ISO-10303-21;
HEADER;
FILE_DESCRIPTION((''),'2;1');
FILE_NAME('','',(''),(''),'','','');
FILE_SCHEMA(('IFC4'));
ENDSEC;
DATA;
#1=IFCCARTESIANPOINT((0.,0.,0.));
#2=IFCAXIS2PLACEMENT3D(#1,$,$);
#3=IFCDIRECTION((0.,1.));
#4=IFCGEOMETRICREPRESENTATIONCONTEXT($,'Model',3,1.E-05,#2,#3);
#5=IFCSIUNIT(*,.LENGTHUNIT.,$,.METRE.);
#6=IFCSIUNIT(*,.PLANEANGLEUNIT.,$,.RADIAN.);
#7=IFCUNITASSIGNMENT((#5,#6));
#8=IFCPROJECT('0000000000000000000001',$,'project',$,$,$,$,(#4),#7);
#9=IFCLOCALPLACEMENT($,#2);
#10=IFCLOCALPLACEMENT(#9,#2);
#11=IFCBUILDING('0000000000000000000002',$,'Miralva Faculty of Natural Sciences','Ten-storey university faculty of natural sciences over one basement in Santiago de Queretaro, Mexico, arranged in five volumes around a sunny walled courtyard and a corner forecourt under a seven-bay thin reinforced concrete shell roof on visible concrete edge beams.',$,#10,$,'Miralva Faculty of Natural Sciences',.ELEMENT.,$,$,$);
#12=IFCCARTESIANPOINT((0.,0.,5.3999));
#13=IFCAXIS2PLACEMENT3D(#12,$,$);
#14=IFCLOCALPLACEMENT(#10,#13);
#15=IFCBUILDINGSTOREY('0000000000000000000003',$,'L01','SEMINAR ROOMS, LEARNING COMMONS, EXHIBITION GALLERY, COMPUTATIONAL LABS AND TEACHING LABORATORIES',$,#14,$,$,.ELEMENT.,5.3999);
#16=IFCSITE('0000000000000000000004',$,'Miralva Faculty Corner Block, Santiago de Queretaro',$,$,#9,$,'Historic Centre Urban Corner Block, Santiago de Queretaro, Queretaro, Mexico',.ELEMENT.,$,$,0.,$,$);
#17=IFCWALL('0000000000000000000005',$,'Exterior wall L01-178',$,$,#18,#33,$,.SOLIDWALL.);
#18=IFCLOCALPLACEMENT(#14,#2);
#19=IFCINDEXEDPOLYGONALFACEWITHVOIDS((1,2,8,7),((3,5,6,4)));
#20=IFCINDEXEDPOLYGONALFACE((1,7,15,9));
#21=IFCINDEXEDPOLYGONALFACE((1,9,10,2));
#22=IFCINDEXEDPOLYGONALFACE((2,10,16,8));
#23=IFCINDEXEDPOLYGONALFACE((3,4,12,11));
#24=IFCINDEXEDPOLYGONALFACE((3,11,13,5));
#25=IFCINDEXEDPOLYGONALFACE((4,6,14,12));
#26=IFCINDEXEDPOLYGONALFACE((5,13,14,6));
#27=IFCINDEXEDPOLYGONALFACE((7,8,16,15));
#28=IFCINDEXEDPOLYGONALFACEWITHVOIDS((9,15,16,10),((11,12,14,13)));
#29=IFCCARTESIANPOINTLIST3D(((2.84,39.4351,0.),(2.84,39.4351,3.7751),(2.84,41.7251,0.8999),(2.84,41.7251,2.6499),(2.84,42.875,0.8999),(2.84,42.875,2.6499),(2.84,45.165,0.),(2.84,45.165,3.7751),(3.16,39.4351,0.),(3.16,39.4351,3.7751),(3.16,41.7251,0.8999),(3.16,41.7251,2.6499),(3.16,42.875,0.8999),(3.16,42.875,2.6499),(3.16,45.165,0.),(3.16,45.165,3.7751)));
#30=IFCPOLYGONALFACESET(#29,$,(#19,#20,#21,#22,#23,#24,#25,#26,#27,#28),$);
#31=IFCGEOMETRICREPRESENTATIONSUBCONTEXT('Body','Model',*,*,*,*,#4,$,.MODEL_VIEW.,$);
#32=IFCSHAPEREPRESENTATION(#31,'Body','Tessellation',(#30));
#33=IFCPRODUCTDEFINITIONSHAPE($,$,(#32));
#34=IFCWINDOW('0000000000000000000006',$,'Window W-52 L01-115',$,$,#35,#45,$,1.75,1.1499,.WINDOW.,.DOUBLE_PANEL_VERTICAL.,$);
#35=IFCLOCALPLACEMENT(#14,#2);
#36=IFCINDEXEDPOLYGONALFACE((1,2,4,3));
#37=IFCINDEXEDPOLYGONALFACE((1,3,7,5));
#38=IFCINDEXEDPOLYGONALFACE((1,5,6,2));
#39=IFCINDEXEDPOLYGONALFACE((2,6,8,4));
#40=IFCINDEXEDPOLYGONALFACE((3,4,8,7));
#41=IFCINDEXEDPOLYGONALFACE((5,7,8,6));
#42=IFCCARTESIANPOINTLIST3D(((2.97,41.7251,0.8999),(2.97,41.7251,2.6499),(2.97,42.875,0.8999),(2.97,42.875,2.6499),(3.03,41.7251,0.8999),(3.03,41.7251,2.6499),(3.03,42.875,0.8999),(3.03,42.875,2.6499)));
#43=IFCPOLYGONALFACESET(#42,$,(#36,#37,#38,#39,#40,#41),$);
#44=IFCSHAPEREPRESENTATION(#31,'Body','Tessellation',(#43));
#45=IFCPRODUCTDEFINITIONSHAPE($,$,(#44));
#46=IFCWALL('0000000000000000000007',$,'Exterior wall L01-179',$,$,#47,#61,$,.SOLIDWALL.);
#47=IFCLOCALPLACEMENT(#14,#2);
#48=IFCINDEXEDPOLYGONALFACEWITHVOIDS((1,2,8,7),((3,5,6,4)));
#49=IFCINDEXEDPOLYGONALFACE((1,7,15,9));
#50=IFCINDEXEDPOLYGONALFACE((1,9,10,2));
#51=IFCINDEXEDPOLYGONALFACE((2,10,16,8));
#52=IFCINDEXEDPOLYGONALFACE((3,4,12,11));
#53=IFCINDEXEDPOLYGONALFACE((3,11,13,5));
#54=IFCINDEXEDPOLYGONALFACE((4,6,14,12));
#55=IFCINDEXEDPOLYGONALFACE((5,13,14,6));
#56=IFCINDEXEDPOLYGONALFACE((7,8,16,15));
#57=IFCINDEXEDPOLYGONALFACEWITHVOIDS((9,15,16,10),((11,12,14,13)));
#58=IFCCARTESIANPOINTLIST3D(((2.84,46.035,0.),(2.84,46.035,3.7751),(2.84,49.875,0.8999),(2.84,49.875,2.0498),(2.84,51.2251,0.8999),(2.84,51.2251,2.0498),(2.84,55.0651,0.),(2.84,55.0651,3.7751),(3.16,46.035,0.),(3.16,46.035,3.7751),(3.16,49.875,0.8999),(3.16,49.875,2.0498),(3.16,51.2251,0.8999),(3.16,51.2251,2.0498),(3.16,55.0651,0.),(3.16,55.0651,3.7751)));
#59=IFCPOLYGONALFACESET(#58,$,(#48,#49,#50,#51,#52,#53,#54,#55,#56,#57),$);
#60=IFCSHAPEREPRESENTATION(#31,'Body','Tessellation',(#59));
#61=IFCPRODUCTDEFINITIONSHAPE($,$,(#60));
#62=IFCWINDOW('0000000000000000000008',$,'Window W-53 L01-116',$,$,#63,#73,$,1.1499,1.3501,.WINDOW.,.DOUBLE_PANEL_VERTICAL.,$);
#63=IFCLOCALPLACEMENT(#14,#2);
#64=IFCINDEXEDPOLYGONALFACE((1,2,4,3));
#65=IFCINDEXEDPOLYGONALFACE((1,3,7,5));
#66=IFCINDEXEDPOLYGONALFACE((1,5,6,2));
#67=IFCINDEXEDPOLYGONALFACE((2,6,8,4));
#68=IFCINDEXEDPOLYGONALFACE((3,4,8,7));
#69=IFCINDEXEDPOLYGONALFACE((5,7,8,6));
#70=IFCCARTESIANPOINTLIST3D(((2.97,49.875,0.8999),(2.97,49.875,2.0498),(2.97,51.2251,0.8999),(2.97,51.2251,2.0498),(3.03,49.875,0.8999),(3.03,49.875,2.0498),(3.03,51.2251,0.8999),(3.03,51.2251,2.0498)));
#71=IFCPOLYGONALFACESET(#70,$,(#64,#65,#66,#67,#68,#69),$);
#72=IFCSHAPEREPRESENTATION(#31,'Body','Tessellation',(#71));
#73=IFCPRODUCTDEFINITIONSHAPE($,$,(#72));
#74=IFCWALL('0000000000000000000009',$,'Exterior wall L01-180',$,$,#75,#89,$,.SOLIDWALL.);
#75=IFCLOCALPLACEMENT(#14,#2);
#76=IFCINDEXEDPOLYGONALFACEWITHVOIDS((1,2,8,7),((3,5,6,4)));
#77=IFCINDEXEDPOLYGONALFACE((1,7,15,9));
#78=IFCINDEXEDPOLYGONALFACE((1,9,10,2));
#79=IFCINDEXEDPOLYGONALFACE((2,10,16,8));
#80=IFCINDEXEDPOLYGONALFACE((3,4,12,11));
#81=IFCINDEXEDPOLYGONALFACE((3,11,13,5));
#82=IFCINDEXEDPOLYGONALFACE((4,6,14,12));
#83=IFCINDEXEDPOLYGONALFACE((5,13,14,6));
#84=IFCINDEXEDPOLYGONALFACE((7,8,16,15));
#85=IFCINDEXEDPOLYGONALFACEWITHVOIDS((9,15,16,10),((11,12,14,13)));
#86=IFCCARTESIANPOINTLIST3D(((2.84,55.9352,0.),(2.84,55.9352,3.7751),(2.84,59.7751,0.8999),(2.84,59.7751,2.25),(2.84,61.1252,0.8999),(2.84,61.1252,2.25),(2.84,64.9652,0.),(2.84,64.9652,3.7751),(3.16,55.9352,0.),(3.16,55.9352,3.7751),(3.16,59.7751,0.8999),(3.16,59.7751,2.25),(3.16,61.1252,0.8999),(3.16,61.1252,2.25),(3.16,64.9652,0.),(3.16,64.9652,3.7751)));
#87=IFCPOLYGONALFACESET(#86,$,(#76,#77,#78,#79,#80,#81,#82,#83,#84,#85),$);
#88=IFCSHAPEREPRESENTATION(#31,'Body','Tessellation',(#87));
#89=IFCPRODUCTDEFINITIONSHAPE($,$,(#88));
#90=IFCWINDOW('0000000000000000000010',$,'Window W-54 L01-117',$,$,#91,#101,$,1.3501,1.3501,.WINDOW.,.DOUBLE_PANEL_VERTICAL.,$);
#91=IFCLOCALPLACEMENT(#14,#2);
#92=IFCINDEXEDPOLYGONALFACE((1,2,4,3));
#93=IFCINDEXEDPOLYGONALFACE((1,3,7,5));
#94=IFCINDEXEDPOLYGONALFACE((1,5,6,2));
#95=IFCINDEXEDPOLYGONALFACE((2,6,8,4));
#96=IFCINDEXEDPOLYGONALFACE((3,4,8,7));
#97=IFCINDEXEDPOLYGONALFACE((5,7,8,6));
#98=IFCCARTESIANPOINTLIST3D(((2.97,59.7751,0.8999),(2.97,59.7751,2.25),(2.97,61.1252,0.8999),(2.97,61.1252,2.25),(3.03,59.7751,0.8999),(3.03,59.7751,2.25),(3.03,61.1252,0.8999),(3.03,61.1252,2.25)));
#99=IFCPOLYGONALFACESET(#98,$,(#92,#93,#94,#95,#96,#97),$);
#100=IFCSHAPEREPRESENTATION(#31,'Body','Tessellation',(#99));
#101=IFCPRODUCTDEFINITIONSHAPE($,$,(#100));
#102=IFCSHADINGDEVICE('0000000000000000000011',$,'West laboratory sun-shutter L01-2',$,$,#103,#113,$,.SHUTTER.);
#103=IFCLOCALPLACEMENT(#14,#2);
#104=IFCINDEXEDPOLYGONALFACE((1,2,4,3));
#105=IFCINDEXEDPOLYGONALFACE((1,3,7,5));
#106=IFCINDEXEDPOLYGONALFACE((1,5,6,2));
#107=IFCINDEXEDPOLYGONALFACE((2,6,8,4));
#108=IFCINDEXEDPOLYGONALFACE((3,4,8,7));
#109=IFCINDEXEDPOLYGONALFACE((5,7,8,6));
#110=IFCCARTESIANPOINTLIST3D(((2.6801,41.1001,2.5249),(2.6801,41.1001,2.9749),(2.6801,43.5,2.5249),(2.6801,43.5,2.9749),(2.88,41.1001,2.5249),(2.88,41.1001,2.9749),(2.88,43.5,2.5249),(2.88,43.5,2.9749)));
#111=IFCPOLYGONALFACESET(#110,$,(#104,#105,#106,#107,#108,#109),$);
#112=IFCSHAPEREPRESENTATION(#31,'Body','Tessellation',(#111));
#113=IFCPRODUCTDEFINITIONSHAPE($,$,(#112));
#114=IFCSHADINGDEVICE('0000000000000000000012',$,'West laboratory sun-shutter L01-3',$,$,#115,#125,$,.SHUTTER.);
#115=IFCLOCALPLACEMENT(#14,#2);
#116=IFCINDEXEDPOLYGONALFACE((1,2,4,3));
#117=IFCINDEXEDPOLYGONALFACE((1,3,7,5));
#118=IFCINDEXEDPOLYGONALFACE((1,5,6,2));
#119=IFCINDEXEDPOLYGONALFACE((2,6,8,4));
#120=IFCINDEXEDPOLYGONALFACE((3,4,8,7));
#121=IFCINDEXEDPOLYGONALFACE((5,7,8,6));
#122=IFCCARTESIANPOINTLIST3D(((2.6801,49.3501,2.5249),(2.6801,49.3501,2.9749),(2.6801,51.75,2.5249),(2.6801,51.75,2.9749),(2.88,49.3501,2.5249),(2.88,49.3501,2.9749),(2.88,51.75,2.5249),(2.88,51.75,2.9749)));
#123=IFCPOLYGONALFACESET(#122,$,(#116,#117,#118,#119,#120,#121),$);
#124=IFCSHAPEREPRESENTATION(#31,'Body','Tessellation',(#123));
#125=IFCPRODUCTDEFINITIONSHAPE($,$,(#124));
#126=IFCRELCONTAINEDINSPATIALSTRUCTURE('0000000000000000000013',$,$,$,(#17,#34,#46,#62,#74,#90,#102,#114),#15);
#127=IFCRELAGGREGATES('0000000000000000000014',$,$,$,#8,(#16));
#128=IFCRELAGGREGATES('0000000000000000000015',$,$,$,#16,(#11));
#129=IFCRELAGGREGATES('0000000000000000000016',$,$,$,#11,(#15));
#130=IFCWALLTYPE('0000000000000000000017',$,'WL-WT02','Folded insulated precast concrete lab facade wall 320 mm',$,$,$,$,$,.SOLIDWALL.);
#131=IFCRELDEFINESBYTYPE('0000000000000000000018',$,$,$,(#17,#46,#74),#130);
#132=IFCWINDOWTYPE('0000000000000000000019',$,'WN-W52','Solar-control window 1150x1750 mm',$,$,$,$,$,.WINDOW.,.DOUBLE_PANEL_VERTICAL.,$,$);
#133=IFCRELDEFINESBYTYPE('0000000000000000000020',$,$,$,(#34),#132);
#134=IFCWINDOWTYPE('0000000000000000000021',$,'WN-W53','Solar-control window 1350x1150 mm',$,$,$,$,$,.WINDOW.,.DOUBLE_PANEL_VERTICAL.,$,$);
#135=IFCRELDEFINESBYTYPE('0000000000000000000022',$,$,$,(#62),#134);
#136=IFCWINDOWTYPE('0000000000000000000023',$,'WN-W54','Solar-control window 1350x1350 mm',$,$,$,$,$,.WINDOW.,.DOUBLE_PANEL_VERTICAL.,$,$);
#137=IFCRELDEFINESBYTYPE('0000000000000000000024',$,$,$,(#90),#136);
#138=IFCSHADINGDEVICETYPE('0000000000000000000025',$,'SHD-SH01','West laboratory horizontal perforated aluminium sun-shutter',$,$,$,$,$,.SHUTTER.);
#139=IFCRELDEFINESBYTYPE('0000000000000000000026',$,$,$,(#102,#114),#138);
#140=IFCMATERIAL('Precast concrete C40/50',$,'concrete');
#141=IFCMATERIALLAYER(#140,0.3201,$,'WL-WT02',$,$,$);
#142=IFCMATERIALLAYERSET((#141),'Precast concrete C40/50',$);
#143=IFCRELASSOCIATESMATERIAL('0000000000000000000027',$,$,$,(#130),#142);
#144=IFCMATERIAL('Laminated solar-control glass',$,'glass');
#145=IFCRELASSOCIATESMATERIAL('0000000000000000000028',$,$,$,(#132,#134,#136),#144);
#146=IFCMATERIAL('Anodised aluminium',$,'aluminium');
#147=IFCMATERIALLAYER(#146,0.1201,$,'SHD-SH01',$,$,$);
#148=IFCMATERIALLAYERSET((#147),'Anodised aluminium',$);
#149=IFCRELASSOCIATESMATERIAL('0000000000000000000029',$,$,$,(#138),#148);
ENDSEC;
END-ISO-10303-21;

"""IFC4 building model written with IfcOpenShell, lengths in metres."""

from ifc_helpers import new_model, si_unit, direction, frame, frame_2d, origin, origin_2d, place, context, subcontext, project, spatial, rectangle, extrude, material, layer, layer_set, type_object, element, fill, save


model = new_model("IFC4")

# Units and contexts
model_context = context("Model", 3, precision=1e-05, world=origin(), true_north=direction((0.0, 1.0)))
body_context = subcontext(model_context, "Body", "Model", "MODEL_VIEW")
ifc_project = project(units=[si_unit("LENGTHUNIT", "METRE"), si_unit("PLANEANGLEUNIT", "RADIAN")], contexts=[model_context])

# Site, building, storey
site_placement = place(None, origin())
site = spatial("IfcSite", under=ifc_project, at=site_placement, Name="Miralva Faculty Corner Block, Santiago de Queretaro", LongName="Historic Centre Urban Corner Block, Santiago de Queretaro, Queretaro, Mexico", CompositionType="ELEMENT", RefElevation=0.0)
building_placement = place(site_placement, origin())
building = spatial("IfcBuilding", under=site, at=building_placement, Name="Miralva Faculty of Natural Sciences", Description="Ten-storey university faculty of natural sciences over one basement in Santiago de Queretaro, Mexico, arranged in five volumes around a sunny walled courtyard and a corner forecourt under a seven-bay thin reinforced concrete shell roof on visible concrete edge beams.", LongName="Miralva Faculty of Natural Sciences", CompositionType="ELEMENT")
storey_placement = place(building_placement, frame((0.0, 0.0, 5.3999)))
storey = spatial("IfcBuildingStorey", under=building, at=storey_placement, Name="L01", Description="SEMINAR ROOMS, LEARNING COMMONS, EXHIBITION GALLERY, COMPUTATIONAL LABS AND TEACHING LABORATORIES", CompositionType="ELEMENT", Elevation=5.3999)

# Walls, openings, windows
ifc_material_1 = material(Name="Precast concrete C40/50", Category="concrete")
ifc_layer_1 = layer(ifc_material_1, 0.3201, Name="WL-WT02")
ifc_layer_set_1 = layer_set([ifc_layer_1], Name="Precast concrete C40/50")
wall_type_1 = type_object("IfcWallType", Name="WL-WT02", Description="Folded insulated precast concrete lab facade wall 320 mm", PredefinedType="SOLIDWALL", material=ifc_layer_set_1)
wall_1_placement = place(storey_placement, frame((3.0, 39.4351, 0.0), z_axis=(0.0, 0.0, 1.0), x_axis=(0.0, 1.0, 0.0)))
wall_1 = element("IfcWall", 1, at=wall_1_placement, inside=storey, type_object=wall_type_1, Name="Exterior wall L01-178", PredefinedType="SOLIDWALL", context=body_context, shape_type="SweptSolid", body=[
    extrude(rectangle(XDim=5.73, YDim=0.3201, at=frame_2d((2.865, 0.0))), origin(), (0.0, 0.0, 1.0), 3.7751),
])
opening_1_placement = place(wall_1_placement, frame((2.29, 0.0, 0.8999)))
opening_1 = element("IfcOpeningElement", 2, at=opening_1_placement, cuts=wall_1, PredefinedType="OPENING", context=body_context, shape_type="SweptSolid", body=[
    extrude(rectangle(XDim=1.1499, YDim=1.75, at=frame_2d((0.575, 0.875))), frame((0.0, 0.1699, 0.0), z_axis=(0.0, -1.0, 0.0), x_axis=(1.0, 0.0, 0.0)), (0.0, 0.0, 1.0), 0.3401),
])
ifc_material_2 = material(Name="Laminated solar-control glass", Category="glass")
window_type_1 = type_object("IfcWindowType", Name="WN-W52", Description="Solar-control window 1150x1750 mm", PartitioningType="DOUBLE_PANEL_VERTICAL", PredefinedType="WINDOW", material=ifc_material_2)
window_1_placement = place(opening_1_placement, origin())
window_1 = element("IfcWindow", 3, at=window_1_placement, inside=storey, type_object=window_type_1, Name="Window W-52 L01-115", OverallHeight=1.75, OverallWidth=1.1499, PartitioningType="DOUBLE_PANEL_VERTICAL", PredefinedType="WINDOW", context=body_context, shape_type="SweptSolid", body=[
    extrude(rectangle(XDim=1.1499, YDim=1.75, at=frame_2d((0.575, 0.875))), frame((0.0, 0.03, 0.0), z_axis=(0.0, -1.0, 0.0), x_axis=(1.0, 0.0, 0.0)), (0.0, 0.0, 1.0), 0.0601),
])
fill(opening_1, window_1)
wall_2_placement = place(storey_placement, frame((3.0, 46.0349, 0.0), z_axis=(0.0, 0.0, 1.0), x_axis=(0.0, 1.0, 0.0)))
wall_2 = element("IfcWall", 4, at=wall_2_placement, inside=storey, type_object=wall_type_1, Name="Exterior wall L01-179", PredefinedType="SOLIDWALL", context=body_context, shape_type="SweptSolid", body=[
    extrude(rectangle(XDim=9.03, YDim=0.3201, at=frame_2d((4.5151, 0.0))), origin(), (0.0, 0.0, 1.0), 3.7751),
])
opening_2_placement = place(wall_2_placement, frame((3.8401, 0.0, 0.8999)))
opening_2 = element("IfcOpeningElement", 5, at=opening_2_placement, cuts=wall_2, PredefinedType="OPENING", context=body_context, shape_type="SweptSolid", body=[
    extrude(rectangle(XDim=1.3501, YDim=1.1499, at=frame_2d((0.675, 0.575))), frame((0.0, 0.1699, 0.0), z_axis=(0.0, -1.0, 0.0), x_axis=(1.0, 0.0, 0.0)), (0.0, 0.0, 1.0), 0.3401),
])
window_type_2 = type_object("IfcWindowType", Name="WN-W53", Description="Solar-control window 1350x1150 mm", PartitioningType="DOUBLE_PANEL_VERTICAL", PredefinedType="WINDOW", material=ifc_material_2)
window_2_placement = place(opening_2_placement, origin())
window_2 = element("IfcWindow", 6, at=window_2_placement, inside=storey, type_object=window_type_2, Name="Window W-53 L01-116", OverallHeight=1.1499, OverallWidth=1.3501, PartitioningType="DOUBLE_PANEL_VERTICAL", PredefinedType="WINDOW", context=body_context, shape_type="SweptSolid", body=[
    extrude(rectangle(XDim=1.3501, YDim=1.1499, at=frame_2d((0.675, 0.575))), frame((0.0, 0.03, 0.0), z_axis=(0.0, -1.0, 0.0), x_axis=(1.0, 0.0, 0.0)), (0.0, 0.0, 1.0), 0.0601),
])
fill(opening_2, window_2)
wall_3_placement = place(storey_placement, frame((3.0, 55.9351, 0.0), z_axis=(0.0, 0.0, 1.0), x_axis=(0.0, 1.0, 0.0)))
wall_3 = element("IfcWall", 7, at=wall_3_placement, inside=storey, type_object=wall_type_1, Name="Exterior wall L01-180", PredefinedType="SOLIDWALL", context=body_context, shape_type="SweptSolid", body=[
    extrude(rectangle(XDim=9.03, YDim=0.3201, at=frame_2d((4.5151, 0.0))), origin(), (0.0, 0.0, 1.0), 3.7751),
])
opening_3_placement = place(wall_3_placement, frame((3.8401, 0.0, 0.8999)))
opening_3 = element("IfcOpeningElement", 8, at=opening_3_placement, cuts=wall_3, PredefinedType="OPENING", context=body_context, shape_type="SweptSolid", body=[
    extrude(rectangle(XDim=1.3501, YDim=1.3501, at=frame_2d((0.675, 0.675))), frame((0.0, 0.1699, 0.0), z_axis=(0.0, -1.0, 0.0), x_axis=(1.0, 0.0, 0.0)), (0.0, 0.0, 1.0), 0.3401),
])
window_type_3 = type_object("IfcWindowType", Name="WN-W54", Description="Solar-control window 1350x1350 mm", PartitioningType="DOUBLE_PANEL_VERTICAL", PredefinedType="WINDOW", material=ifc_material_2)
window_3_placement = place(opening_3_placement, origin())
window_3 = element("IfcWindow", 9, at=window_3_placement, inside=storey, type_object=window_type_3, Name="Window W-54 L01-117", OverallHeight=1.3501, OverallWidth=1.3501, PartitioningType="DOUBLE_PANEL_VERTICAL", PredefinedType="WINDOW", context=body_context, shape_type="SweptSolid", body=[
    extrude(rectangle(XDim=1.3501, YDim=1.3501, at=frame_2d((0.675, 0.675))), frame((0.0, 0.03, 0.0), z_axis=(0.0, -1.0, 0.0), x_axis=(1.0, 0.0, 0.0)), (0.0, 0.0, 1.0), 0.0601),
])
fill(opening_3, window_3)

# Shading devices
ifc_material_3 = material(Name="Anodised aluminium", Category="aluminium")
ifc_layer_2 = layer(ifc_material_3, 0.1201, Name="SHD-SH01")
ifc_layer_set_2 = layer_set([ifc_layer_2], Name="Anodised aluminium")
shading_device_type = type_object("IfcShadingDeviceType", Name="SHD-SH01", Description="West laboratory horizontal perforated aluminium sun-shutter", PredefinedType="SHUTTER", material=ifc_layer_set_2)
for number, where, z_axis, x_axis, name in (
    (10, (2.78, 42.3, 2.5249), (0.0, 0.0, 1.0), (1.0, 0.0, 0.0), "West laboratory sun-shutter L01-2"),
    (11, (2.78, 50.55, 2.5249), (0.0, 0.0, 1.0), (1.0, 0.0, 0.0), "West laboratory sun-shutter L01-3"),
):
    element("IfcShadingDevice", number, at=place(storey_placement, frame(where, z_axis=z_axis, x_axis=x_axis)), inside=storey, type_object=shading_device_type, Name=name, PredefinedType="SHUTTER", context=body_context, shape_type="SweptSolid", body=[
        extrude(rectangle(XDim=0.2, YDim=2.3999, at=origin_2d()), origin(), (0.0, 0.0, 1.0), 0.45),
    ])

save(model, "model.ifc")
